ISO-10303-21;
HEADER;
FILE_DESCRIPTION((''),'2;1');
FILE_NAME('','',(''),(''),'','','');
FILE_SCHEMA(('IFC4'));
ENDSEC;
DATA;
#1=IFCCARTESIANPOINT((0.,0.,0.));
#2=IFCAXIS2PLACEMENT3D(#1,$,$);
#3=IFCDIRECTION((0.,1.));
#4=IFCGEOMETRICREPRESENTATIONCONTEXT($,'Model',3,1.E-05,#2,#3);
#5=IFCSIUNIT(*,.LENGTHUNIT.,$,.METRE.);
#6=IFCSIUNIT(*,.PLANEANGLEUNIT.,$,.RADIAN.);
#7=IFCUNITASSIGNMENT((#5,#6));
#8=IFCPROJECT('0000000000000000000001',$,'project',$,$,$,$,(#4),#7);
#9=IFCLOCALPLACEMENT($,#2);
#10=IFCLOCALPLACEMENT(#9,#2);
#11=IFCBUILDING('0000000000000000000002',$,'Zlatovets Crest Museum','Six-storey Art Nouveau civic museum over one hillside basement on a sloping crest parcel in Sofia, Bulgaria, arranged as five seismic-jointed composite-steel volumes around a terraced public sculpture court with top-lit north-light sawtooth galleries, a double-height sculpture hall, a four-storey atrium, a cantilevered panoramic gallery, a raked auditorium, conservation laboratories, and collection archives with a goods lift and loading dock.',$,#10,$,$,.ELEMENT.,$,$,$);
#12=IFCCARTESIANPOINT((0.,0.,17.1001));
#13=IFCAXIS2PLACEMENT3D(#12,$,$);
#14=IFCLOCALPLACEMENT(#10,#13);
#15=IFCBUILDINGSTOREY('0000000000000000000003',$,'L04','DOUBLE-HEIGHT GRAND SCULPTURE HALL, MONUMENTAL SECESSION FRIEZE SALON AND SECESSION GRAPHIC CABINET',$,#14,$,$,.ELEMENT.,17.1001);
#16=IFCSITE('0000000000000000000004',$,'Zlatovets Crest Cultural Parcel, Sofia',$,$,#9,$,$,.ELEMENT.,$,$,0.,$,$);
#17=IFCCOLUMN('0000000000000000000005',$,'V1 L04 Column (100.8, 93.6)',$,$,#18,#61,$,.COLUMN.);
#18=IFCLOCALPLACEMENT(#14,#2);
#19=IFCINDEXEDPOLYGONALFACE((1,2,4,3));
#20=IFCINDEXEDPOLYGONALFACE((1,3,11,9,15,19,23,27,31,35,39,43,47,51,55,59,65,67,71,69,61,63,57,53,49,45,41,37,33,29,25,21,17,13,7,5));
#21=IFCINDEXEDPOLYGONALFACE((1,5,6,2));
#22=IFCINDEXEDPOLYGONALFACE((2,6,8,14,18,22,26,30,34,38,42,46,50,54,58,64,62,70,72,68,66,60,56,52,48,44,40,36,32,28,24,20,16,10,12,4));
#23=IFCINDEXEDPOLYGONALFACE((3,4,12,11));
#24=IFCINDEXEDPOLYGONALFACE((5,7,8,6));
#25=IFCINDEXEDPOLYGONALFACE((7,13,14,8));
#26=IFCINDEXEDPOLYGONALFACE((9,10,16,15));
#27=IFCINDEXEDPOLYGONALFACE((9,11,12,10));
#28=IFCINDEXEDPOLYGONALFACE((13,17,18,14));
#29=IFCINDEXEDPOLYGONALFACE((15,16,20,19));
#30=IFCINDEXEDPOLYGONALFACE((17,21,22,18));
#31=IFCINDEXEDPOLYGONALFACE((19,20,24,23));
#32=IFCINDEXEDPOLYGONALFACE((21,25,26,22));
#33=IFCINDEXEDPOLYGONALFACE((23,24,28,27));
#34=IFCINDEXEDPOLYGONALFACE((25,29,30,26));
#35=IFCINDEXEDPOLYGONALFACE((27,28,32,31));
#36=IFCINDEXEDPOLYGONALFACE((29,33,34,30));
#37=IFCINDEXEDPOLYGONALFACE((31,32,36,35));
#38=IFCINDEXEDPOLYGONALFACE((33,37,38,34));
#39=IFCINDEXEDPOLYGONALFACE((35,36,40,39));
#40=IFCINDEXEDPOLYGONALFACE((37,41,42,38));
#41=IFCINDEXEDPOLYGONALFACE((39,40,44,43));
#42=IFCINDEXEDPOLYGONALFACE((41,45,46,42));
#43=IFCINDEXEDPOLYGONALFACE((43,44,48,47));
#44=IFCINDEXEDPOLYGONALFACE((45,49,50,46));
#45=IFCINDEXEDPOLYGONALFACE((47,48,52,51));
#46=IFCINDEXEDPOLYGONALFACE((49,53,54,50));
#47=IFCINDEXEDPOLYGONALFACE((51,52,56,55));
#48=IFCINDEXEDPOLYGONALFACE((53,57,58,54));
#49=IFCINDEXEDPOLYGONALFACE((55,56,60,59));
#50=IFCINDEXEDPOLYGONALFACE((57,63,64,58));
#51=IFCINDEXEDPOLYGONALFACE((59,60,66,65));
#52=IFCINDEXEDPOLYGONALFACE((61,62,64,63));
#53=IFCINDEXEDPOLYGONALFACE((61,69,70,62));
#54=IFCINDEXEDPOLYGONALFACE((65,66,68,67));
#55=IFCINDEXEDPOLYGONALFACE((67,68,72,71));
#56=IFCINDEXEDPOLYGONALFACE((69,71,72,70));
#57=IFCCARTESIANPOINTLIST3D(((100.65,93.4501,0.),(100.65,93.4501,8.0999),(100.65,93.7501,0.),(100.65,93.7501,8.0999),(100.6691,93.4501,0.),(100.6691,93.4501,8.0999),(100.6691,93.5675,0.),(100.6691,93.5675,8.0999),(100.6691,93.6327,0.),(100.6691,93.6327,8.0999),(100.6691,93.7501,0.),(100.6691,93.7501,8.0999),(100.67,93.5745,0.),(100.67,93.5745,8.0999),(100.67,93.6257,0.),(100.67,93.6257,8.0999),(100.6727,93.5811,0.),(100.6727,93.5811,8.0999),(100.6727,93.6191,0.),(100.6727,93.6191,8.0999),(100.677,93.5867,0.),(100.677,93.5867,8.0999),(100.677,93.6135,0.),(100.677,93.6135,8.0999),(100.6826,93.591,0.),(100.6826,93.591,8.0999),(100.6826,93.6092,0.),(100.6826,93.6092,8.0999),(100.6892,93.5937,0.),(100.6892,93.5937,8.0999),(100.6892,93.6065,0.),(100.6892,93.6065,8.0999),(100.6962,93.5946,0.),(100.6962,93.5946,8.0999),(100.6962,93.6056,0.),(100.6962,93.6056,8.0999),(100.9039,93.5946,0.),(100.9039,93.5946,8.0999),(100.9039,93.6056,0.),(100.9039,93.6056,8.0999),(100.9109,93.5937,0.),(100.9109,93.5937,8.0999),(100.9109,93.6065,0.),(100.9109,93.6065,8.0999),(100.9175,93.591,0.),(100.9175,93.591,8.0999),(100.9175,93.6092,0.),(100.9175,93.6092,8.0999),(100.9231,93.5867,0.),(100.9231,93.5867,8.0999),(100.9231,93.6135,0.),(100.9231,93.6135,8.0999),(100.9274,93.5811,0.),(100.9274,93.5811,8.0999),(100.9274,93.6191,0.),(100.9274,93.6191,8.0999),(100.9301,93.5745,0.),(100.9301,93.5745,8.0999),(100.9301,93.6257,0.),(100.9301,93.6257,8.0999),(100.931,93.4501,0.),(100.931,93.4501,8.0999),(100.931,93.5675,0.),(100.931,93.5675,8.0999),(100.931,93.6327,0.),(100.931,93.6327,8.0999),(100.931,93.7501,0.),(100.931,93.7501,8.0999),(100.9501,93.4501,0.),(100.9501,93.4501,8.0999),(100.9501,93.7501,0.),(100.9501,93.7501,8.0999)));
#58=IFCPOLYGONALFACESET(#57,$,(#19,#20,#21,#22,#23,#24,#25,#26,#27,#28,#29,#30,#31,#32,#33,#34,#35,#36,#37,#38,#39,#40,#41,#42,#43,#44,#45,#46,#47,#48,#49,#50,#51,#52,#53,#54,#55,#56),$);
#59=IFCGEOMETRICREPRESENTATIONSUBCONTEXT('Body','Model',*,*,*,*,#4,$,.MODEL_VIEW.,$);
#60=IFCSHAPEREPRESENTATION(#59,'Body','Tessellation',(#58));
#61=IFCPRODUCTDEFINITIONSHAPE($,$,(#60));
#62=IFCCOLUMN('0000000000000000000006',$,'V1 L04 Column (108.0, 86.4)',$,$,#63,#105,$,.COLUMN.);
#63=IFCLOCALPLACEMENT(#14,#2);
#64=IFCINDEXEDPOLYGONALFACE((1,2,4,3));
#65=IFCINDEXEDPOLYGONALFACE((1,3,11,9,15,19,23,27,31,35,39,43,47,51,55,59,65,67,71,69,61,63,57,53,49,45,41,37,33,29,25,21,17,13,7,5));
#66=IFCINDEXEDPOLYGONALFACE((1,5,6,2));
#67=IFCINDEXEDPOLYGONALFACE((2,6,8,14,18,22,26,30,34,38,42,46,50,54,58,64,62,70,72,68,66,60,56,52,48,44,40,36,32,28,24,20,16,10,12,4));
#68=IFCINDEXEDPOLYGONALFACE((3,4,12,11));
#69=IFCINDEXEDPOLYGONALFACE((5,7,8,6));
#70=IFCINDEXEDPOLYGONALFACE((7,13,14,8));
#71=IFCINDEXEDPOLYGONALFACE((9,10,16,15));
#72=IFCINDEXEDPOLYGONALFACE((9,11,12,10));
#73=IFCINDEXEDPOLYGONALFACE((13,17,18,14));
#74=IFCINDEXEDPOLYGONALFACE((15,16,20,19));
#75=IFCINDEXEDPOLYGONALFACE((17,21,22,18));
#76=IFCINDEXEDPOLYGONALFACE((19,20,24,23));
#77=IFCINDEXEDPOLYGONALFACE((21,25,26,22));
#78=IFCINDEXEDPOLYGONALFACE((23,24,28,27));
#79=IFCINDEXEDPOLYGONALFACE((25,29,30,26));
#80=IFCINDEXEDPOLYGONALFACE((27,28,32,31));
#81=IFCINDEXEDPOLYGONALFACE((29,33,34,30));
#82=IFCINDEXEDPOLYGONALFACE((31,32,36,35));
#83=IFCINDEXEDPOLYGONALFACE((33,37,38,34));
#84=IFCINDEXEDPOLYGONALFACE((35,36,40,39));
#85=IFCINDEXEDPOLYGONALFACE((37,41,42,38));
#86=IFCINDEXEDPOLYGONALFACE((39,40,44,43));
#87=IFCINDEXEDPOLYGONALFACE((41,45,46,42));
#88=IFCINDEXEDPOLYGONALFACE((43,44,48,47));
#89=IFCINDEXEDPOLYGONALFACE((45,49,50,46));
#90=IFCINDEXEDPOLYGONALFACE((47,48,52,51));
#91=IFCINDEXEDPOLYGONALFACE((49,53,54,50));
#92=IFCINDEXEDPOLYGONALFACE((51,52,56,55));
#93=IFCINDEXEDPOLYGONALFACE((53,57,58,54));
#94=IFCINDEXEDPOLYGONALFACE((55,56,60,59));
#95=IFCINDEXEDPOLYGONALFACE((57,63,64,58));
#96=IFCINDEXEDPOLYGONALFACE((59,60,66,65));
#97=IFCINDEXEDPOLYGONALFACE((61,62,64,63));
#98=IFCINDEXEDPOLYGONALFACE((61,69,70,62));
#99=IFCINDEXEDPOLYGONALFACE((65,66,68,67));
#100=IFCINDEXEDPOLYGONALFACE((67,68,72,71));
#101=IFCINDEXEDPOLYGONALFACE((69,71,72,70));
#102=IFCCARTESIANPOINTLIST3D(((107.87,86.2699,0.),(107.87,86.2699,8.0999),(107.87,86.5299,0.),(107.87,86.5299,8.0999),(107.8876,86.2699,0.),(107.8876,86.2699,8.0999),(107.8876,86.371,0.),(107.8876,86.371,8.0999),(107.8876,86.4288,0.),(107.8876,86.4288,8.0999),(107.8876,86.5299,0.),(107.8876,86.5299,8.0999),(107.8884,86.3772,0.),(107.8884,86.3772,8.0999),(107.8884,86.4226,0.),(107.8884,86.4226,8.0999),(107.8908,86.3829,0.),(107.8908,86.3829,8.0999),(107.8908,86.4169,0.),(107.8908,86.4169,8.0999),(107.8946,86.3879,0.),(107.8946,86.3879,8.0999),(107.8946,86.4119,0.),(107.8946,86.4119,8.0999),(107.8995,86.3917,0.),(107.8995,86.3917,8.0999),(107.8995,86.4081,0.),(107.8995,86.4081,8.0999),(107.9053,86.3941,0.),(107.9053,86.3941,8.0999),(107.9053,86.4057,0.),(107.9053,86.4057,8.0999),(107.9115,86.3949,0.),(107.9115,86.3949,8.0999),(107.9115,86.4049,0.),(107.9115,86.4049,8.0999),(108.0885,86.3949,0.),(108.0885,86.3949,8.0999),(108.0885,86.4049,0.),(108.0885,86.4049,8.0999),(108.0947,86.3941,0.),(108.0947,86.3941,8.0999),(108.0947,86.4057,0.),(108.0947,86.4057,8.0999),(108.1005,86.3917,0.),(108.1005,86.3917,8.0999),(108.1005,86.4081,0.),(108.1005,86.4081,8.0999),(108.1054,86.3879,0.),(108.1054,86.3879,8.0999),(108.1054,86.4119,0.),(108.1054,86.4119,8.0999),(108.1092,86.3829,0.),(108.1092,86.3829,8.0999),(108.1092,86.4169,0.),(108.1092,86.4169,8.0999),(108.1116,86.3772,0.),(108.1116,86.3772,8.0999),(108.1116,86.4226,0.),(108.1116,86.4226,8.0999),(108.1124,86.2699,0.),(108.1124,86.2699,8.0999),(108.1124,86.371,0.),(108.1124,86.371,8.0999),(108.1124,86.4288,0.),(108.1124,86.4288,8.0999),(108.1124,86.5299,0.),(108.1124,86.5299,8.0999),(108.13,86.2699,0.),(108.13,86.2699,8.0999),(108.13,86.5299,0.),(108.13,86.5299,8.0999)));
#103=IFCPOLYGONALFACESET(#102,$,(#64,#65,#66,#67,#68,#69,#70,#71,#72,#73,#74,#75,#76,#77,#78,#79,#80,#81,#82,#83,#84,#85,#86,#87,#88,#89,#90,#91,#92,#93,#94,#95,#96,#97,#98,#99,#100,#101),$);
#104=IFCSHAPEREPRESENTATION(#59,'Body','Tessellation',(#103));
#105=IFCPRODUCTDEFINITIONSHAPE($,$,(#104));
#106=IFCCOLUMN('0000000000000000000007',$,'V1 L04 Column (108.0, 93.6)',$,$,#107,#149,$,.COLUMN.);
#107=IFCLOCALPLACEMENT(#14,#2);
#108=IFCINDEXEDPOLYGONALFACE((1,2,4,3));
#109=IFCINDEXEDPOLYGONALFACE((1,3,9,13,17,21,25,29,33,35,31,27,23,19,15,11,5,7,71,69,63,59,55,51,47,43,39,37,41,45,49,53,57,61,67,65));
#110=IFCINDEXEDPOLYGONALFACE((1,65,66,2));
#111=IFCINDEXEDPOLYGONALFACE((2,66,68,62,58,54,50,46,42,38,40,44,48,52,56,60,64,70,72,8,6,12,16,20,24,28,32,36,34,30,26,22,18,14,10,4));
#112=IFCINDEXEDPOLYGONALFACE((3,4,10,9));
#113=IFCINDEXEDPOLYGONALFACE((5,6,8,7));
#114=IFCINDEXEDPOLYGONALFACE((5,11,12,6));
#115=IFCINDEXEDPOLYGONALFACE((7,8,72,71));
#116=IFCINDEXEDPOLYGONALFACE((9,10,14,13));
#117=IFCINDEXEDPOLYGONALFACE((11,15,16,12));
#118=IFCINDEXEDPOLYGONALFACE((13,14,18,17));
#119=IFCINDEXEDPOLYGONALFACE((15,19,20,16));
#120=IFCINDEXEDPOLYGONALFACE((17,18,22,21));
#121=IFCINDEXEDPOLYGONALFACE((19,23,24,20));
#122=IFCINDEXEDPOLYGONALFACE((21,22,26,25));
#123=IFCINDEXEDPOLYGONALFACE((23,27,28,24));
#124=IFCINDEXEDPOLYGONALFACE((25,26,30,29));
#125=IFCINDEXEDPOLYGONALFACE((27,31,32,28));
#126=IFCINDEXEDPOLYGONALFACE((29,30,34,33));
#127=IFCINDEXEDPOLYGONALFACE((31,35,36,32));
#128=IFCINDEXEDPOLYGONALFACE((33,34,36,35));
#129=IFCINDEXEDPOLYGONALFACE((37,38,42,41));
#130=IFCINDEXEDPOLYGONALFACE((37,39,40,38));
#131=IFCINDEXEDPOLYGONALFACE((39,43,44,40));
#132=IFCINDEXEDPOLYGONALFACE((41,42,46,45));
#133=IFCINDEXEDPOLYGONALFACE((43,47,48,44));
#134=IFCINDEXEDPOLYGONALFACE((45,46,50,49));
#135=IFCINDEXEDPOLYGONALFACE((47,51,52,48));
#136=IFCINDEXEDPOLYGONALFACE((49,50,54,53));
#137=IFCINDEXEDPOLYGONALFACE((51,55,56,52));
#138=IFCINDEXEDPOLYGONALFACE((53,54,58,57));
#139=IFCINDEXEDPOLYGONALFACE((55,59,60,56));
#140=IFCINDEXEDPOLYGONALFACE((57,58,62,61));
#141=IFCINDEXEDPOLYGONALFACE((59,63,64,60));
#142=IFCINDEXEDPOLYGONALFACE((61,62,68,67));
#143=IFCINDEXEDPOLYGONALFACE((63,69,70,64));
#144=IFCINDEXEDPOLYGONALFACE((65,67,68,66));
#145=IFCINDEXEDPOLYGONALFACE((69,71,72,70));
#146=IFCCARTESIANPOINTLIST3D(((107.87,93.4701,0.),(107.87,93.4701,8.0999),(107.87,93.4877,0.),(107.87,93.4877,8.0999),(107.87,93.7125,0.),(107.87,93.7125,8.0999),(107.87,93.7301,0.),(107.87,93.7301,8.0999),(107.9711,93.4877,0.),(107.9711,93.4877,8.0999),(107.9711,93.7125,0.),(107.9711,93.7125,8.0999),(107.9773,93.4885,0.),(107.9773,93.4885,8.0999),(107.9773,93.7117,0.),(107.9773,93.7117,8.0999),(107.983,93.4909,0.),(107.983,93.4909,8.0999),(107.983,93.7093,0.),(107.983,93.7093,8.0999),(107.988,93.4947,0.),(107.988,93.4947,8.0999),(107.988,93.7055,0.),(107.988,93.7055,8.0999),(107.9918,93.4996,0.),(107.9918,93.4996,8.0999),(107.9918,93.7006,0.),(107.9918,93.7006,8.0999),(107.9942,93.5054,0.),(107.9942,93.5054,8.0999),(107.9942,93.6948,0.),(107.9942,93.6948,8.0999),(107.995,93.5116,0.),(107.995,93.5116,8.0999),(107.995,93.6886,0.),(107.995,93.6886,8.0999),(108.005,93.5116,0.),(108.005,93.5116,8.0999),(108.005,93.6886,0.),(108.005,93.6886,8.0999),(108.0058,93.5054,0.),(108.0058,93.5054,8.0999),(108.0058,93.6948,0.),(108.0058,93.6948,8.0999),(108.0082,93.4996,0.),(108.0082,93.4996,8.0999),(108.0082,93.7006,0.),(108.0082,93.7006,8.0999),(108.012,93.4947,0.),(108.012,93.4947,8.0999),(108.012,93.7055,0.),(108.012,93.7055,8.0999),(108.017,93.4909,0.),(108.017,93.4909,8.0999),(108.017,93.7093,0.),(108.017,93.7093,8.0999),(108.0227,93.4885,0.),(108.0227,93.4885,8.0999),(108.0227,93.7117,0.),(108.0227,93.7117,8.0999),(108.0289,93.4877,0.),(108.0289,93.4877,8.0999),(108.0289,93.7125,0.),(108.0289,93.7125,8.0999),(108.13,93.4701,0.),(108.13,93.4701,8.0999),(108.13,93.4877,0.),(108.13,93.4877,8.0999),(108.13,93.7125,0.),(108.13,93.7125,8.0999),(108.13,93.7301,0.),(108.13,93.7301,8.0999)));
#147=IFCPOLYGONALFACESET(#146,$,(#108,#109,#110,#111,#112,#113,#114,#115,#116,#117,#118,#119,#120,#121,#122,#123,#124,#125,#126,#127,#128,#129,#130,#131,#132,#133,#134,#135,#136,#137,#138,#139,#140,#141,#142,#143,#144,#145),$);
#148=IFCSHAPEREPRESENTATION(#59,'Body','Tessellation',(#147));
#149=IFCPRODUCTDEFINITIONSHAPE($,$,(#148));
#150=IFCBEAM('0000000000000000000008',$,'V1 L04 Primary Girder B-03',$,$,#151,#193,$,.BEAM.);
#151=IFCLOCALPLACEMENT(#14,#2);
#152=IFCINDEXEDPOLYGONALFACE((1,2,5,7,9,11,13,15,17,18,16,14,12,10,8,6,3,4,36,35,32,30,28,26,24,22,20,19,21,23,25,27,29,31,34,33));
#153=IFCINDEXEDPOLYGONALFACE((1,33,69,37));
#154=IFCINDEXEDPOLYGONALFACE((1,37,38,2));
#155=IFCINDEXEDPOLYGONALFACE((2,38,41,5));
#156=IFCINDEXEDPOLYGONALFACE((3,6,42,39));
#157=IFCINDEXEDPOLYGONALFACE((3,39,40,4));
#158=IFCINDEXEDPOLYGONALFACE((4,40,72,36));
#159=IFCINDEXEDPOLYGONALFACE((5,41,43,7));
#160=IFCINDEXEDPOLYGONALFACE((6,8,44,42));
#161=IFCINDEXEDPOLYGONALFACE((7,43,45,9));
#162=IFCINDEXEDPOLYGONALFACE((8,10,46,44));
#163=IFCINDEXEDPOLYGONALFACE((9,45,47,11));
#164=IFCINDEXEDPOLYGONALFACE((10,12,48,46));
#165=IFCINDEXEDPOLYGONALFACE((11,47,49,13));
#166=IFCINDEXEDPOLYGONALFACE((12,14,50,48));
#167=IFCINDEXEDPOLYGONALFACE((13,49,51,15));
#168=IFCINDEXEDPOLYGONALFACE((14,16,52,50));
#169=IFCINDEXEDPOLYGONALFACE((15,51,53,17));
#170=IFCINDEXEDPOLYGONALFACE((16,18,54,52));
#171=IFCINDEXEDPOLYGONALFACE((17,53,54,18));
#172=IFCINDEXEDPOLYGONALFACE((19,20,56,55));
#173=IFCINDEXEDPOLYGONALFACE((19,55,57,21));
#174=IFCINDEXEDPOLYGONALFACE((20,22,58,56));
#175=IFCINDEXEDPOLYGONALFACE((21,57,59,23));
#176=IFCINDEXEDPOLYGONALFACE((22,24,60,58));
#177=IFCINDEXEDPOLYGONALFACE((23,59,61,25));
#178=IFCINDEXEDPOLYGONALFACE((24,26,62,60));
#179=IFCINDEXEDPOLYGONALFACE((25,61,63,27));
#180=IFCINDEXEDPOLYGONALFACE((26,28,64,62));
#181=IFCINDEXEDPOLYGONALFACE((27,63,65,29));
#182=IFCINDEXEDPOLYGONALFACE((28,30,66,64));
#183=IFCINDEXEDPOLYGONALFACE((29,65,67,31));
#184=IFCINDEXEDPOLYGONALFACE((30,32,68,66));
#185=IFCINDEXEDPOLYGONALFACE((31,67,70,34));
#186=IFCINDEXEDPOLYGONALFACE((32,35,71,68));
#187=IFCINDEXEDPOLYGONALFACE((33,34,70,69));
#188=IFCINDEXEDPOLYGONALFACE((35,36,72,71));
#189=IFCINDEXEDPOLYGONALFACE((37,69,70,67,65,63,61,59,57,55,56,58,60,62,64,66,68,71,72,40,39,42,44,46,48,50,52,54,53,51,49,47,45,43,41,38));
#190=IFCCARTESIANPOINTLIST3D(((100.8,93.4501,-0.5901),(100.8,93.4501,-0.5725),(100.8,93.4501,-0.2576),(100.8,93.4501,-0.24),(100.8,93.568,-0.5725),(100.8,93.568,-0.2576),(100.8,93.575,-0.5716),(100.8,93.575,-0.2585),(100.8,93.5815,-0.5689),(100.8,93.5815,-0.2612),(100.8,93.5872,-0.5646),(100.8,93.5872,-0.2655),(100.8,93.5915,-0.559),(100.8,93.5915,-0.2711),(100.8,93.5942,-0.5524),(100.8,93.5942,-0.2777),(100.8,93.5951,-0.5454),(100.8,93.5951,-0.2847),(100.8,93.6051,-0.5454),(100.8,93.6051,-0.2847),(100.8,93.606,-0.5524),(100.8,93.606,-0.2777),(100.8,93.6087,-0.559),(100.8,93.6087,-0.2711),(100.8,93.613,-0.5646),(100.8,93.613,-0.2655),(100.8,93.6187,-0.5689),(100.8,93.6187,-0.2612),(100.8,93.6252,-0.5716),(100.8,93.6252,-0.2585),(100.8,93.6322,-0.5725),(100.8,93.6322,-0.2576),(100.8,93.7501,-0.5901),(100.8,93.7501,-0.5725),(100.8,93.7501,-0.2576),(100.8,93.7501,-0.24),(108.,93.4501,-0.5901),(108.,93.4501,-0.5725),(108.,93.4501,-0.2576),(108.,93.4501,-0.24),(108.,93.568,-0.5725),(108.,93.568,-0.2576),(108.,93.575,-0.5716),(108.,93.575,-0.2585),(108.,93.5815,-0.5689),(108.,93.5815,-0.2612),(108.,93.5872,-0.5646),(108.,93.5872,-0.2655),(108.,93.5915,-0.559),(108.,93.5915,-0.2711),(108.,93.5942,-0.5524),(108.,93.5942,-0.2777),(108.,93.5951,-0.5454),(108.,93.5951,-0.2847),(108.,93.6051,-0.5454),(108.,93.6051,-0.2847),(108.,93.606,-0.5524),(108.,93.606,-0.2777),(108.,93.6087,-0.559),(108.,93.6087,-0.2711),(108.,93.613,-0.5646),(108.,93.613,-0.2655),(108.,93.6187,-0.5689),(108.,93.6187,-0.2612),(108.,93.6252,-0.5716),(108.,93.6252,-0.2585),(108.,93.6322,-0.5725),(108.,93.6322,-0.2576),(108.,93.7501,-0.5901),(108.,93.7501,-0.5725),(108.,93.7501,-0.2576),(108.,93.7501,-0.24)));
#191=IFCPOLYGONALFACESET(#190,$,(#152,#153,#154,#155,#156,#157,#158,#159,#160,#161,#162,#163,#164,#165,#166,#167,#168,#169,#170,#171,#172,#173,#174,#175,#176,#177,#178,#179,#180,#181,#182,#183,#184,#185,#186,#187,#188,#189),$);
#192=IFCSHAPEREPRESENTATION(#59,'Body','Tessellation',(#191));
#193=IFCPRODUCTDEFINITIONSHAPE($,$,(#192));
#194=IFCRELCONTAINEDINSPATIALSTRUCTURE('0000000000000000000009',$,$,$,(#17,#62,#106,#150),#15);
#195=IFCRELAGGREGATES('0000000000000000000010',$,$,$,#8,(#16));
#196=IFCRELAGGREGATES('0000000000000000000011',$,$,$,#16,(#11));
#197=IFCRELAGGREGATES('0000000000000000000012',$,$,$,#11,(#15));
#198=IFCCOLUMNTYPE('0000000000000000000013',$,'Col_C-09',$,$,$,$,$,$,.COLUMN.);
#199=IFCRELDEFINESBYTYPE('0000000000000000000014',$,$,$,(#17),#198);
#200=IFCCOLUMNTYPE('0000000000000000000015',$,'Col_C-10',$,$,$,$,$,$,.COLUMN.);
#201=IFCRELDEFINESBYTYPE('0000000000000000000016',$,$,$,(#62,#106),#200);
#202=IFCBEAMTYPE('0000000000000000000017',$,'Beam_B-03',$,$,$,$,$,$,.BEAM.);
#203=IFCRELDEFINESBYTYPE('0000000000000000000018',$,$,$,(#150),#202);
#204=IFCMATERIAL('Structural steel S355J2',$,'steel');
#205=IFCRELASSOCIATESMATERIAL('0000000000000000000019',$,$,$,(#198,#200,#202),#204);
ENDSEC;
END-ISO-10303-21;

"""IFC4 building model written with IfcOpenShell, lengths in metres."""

from ifc_helpers import new_model, si_unit, direction, frame, origin, origin_2d, place, context, subcontext, project, spatial, i_section, extrude, material, material_profile, profile_set, type_object, element, save


model = new_model("IFC4")

# Units and contexts
model_context = context("Model", 3, precision=1e-05, world=origin(), true_north=direction((0.0, 1.0)))
body_context = subcontext(model_context, "Body", "Model", "MODEL_VIEW")
ifc_project = project(units=[si_unit("LENGTHUNIT", "METRE"), si_unit("PLANEANGLEUNIT", "RADIAN")], contexts=[model_context])

# Site, building, storey
site_placement = place(None, origin())
site = spatial("IfcSite", under=ifc_project, at=site_placement, Name="Zlatovets Crest Cultural Parcel, Sofia", CompositionType="ELEMENT", RefElevation=0.0)
building_placement = place(site_placement, origin())
building = spatial("IfcBuilding", under=site, at=building_placement, Name="Zlatovets Crest Museum", Description="Six-storey Art Nouveau civic museum over one hillside basement on a sloping crest parcel in Sofia, Bulgaria, arranged as five seismic-jointed composite-steel volumes around a terraced public sculpture court with top-lit north-light sawtooth galleries, a double-height sculpture hall, a four-storey atrium, a cantilevered panoramic gallery, a raked auditorium, conservation laboratories, and collection archives with a goods lift and loading dock.", CompositionType="ELEMENT")
storey_placement = place(building_placement, frame((0.0, 0.0, 17.1001)))
storey = spatial("IfcBuildingStorey", under=building, at=storey_placement, Name="L04", Description="DOUBLE-HEIGHT GRAND SCULPTURE HALL, MONUMENTAL SECESSION FRIEZE SALON AND SECESSION GRAPHIC CABINET", CompositionType="ELEMENT", Elevation=17.1001)

# Columns
ifc_material_1 = material(Name="Structural steel S355J2", Category="steel")
ifc_material_profile_1 = material_profile(ifc_material_1, i_section(OverallWidth=0.3, OverallDepth=0.3, WebThickness=0.011, FlangeThickness=0.019, FilletRadius=0.0271, at=origin_2d()), Name="HEB 300")
ifc_profile_set_1 = profile_set([ifc_material_profile_1], Name="Structural steel S355J2")
column_type_1 = type_object("IfcColumnType", Name="Col_C-09", PredefinedType="COLUMN", material=ifc_profile_set_1)
column_placement = place(storey_placement, frame((100.8, 93.6001, 0.0), z_axis=(0.0, 0.0, 1.0), x_axis=(0.0, 1.0, 0.0)))
element("IfcColumn", 1, at=column_placement, inside=storey, type_object=column_type_1, Name="V1 L04 Column (100.8, 93.6)", PredefinedType="COLUMN", context=body_context, shape_type="SweptSolid", body=[
    extrude(i_section(OverallWidth=0.3, OverallDepth=0.3, WebThickness=0.011, FlangeThickness=0.019, FilletRadius=0.0271, at=origin_2d()), origin(), (0.0, 0.0, 1.0), 8.0999),
])
ifc_material_profile_2 = material_profile(ifc_material_1, i_section(OverallWidth=0.26, OverallDepth=0.26, WebThickness=0.01, FlangeThickness=0.0176, FilletRadius=0.0239, at=origin_2d()), Name="HEB 260")
ifc_profile_set_2 = profile_set([ifc_material_profile_2], Name="Structural steel S355J2")
column_type_2 = type_object("IfcColumnType", Name="Col_C-10", PredefinedType="COLUMN", material=ifc_profile_set_2)
for number, where, z_axis, x_axis, name in (
    (2, (108.0, 86.3999, 0.0), (0.0, 0.0, 1.0), (0.0, 1.0, 0.0), "V1 L04 Column (108.0, 86.4)"),
    (3, (108.0, 93.6001, 0.0), (0.0, 0.0, 1.0), (1.0, 0.0, 0.0), "V1 L04 Column (108.0, 93.6)"),
):
    element("IfcColumn", number, at=place(storey_placement, frame(where, z_axis=z_axis, x_axis=x_axis)), inside=storey, type_object=column_type_2, Name=name, PredefinedType="COLUMN", context=body_context, shape_type="SweptSolid", body=[
        extrude(i_section(OverallWidth=0.26, OverallDepth=0.26, WebThickness=0.01, FlangeThickness=0.0176, FilletRadius=0.0239, at=origin_2d()), origin(), (0.0, 0.0, 1.0), 8.0999),
    ])

# Beam
ifc_material_profile_3 = material_profile(ifc_material_1, i_section(OverallWidth=0.3, OverallDepth=0.3501, WebThickness=0.01, FlangeThickness=0.0176, FilletRadius=0.0271, at=origin_2d()), Name="HEA 360")
ifc_profile_set_3 = profile_set([ifc_material_profile_3], Name="Structural steel S355J2")
beam_type_1 = type_object("IfcBeamType", Name="Beam_B-03", PredefinedType="BEAM", material=ifc_profile_set_3)
beam_1_placement = place(storey_placement, frame((100.8, 93.6001, -0.415), z_axis=(1.0, 0.0, 0.0), x_axis=(0.0, 1.0, 0.0)))
element("IfcBeam", 4, at=beam_1_placement, inside=storey, type_object=beam_type_1, Name="V1 L04 Primary Girder B-03", PredefinedType="BEAM", context=body_context, shape_type="SweptSolid", body=[
    extrude(i_section(OverallWidth=0.3, OverallDepth=0.3501, WebThickness=0.01, FlangeThickness=0.0176, FilletRadius=0.0271, at=origin_2d()), origin(), (0.0, 0.0, 1.0), 7.2),
])

save(model, "model.ifc")
